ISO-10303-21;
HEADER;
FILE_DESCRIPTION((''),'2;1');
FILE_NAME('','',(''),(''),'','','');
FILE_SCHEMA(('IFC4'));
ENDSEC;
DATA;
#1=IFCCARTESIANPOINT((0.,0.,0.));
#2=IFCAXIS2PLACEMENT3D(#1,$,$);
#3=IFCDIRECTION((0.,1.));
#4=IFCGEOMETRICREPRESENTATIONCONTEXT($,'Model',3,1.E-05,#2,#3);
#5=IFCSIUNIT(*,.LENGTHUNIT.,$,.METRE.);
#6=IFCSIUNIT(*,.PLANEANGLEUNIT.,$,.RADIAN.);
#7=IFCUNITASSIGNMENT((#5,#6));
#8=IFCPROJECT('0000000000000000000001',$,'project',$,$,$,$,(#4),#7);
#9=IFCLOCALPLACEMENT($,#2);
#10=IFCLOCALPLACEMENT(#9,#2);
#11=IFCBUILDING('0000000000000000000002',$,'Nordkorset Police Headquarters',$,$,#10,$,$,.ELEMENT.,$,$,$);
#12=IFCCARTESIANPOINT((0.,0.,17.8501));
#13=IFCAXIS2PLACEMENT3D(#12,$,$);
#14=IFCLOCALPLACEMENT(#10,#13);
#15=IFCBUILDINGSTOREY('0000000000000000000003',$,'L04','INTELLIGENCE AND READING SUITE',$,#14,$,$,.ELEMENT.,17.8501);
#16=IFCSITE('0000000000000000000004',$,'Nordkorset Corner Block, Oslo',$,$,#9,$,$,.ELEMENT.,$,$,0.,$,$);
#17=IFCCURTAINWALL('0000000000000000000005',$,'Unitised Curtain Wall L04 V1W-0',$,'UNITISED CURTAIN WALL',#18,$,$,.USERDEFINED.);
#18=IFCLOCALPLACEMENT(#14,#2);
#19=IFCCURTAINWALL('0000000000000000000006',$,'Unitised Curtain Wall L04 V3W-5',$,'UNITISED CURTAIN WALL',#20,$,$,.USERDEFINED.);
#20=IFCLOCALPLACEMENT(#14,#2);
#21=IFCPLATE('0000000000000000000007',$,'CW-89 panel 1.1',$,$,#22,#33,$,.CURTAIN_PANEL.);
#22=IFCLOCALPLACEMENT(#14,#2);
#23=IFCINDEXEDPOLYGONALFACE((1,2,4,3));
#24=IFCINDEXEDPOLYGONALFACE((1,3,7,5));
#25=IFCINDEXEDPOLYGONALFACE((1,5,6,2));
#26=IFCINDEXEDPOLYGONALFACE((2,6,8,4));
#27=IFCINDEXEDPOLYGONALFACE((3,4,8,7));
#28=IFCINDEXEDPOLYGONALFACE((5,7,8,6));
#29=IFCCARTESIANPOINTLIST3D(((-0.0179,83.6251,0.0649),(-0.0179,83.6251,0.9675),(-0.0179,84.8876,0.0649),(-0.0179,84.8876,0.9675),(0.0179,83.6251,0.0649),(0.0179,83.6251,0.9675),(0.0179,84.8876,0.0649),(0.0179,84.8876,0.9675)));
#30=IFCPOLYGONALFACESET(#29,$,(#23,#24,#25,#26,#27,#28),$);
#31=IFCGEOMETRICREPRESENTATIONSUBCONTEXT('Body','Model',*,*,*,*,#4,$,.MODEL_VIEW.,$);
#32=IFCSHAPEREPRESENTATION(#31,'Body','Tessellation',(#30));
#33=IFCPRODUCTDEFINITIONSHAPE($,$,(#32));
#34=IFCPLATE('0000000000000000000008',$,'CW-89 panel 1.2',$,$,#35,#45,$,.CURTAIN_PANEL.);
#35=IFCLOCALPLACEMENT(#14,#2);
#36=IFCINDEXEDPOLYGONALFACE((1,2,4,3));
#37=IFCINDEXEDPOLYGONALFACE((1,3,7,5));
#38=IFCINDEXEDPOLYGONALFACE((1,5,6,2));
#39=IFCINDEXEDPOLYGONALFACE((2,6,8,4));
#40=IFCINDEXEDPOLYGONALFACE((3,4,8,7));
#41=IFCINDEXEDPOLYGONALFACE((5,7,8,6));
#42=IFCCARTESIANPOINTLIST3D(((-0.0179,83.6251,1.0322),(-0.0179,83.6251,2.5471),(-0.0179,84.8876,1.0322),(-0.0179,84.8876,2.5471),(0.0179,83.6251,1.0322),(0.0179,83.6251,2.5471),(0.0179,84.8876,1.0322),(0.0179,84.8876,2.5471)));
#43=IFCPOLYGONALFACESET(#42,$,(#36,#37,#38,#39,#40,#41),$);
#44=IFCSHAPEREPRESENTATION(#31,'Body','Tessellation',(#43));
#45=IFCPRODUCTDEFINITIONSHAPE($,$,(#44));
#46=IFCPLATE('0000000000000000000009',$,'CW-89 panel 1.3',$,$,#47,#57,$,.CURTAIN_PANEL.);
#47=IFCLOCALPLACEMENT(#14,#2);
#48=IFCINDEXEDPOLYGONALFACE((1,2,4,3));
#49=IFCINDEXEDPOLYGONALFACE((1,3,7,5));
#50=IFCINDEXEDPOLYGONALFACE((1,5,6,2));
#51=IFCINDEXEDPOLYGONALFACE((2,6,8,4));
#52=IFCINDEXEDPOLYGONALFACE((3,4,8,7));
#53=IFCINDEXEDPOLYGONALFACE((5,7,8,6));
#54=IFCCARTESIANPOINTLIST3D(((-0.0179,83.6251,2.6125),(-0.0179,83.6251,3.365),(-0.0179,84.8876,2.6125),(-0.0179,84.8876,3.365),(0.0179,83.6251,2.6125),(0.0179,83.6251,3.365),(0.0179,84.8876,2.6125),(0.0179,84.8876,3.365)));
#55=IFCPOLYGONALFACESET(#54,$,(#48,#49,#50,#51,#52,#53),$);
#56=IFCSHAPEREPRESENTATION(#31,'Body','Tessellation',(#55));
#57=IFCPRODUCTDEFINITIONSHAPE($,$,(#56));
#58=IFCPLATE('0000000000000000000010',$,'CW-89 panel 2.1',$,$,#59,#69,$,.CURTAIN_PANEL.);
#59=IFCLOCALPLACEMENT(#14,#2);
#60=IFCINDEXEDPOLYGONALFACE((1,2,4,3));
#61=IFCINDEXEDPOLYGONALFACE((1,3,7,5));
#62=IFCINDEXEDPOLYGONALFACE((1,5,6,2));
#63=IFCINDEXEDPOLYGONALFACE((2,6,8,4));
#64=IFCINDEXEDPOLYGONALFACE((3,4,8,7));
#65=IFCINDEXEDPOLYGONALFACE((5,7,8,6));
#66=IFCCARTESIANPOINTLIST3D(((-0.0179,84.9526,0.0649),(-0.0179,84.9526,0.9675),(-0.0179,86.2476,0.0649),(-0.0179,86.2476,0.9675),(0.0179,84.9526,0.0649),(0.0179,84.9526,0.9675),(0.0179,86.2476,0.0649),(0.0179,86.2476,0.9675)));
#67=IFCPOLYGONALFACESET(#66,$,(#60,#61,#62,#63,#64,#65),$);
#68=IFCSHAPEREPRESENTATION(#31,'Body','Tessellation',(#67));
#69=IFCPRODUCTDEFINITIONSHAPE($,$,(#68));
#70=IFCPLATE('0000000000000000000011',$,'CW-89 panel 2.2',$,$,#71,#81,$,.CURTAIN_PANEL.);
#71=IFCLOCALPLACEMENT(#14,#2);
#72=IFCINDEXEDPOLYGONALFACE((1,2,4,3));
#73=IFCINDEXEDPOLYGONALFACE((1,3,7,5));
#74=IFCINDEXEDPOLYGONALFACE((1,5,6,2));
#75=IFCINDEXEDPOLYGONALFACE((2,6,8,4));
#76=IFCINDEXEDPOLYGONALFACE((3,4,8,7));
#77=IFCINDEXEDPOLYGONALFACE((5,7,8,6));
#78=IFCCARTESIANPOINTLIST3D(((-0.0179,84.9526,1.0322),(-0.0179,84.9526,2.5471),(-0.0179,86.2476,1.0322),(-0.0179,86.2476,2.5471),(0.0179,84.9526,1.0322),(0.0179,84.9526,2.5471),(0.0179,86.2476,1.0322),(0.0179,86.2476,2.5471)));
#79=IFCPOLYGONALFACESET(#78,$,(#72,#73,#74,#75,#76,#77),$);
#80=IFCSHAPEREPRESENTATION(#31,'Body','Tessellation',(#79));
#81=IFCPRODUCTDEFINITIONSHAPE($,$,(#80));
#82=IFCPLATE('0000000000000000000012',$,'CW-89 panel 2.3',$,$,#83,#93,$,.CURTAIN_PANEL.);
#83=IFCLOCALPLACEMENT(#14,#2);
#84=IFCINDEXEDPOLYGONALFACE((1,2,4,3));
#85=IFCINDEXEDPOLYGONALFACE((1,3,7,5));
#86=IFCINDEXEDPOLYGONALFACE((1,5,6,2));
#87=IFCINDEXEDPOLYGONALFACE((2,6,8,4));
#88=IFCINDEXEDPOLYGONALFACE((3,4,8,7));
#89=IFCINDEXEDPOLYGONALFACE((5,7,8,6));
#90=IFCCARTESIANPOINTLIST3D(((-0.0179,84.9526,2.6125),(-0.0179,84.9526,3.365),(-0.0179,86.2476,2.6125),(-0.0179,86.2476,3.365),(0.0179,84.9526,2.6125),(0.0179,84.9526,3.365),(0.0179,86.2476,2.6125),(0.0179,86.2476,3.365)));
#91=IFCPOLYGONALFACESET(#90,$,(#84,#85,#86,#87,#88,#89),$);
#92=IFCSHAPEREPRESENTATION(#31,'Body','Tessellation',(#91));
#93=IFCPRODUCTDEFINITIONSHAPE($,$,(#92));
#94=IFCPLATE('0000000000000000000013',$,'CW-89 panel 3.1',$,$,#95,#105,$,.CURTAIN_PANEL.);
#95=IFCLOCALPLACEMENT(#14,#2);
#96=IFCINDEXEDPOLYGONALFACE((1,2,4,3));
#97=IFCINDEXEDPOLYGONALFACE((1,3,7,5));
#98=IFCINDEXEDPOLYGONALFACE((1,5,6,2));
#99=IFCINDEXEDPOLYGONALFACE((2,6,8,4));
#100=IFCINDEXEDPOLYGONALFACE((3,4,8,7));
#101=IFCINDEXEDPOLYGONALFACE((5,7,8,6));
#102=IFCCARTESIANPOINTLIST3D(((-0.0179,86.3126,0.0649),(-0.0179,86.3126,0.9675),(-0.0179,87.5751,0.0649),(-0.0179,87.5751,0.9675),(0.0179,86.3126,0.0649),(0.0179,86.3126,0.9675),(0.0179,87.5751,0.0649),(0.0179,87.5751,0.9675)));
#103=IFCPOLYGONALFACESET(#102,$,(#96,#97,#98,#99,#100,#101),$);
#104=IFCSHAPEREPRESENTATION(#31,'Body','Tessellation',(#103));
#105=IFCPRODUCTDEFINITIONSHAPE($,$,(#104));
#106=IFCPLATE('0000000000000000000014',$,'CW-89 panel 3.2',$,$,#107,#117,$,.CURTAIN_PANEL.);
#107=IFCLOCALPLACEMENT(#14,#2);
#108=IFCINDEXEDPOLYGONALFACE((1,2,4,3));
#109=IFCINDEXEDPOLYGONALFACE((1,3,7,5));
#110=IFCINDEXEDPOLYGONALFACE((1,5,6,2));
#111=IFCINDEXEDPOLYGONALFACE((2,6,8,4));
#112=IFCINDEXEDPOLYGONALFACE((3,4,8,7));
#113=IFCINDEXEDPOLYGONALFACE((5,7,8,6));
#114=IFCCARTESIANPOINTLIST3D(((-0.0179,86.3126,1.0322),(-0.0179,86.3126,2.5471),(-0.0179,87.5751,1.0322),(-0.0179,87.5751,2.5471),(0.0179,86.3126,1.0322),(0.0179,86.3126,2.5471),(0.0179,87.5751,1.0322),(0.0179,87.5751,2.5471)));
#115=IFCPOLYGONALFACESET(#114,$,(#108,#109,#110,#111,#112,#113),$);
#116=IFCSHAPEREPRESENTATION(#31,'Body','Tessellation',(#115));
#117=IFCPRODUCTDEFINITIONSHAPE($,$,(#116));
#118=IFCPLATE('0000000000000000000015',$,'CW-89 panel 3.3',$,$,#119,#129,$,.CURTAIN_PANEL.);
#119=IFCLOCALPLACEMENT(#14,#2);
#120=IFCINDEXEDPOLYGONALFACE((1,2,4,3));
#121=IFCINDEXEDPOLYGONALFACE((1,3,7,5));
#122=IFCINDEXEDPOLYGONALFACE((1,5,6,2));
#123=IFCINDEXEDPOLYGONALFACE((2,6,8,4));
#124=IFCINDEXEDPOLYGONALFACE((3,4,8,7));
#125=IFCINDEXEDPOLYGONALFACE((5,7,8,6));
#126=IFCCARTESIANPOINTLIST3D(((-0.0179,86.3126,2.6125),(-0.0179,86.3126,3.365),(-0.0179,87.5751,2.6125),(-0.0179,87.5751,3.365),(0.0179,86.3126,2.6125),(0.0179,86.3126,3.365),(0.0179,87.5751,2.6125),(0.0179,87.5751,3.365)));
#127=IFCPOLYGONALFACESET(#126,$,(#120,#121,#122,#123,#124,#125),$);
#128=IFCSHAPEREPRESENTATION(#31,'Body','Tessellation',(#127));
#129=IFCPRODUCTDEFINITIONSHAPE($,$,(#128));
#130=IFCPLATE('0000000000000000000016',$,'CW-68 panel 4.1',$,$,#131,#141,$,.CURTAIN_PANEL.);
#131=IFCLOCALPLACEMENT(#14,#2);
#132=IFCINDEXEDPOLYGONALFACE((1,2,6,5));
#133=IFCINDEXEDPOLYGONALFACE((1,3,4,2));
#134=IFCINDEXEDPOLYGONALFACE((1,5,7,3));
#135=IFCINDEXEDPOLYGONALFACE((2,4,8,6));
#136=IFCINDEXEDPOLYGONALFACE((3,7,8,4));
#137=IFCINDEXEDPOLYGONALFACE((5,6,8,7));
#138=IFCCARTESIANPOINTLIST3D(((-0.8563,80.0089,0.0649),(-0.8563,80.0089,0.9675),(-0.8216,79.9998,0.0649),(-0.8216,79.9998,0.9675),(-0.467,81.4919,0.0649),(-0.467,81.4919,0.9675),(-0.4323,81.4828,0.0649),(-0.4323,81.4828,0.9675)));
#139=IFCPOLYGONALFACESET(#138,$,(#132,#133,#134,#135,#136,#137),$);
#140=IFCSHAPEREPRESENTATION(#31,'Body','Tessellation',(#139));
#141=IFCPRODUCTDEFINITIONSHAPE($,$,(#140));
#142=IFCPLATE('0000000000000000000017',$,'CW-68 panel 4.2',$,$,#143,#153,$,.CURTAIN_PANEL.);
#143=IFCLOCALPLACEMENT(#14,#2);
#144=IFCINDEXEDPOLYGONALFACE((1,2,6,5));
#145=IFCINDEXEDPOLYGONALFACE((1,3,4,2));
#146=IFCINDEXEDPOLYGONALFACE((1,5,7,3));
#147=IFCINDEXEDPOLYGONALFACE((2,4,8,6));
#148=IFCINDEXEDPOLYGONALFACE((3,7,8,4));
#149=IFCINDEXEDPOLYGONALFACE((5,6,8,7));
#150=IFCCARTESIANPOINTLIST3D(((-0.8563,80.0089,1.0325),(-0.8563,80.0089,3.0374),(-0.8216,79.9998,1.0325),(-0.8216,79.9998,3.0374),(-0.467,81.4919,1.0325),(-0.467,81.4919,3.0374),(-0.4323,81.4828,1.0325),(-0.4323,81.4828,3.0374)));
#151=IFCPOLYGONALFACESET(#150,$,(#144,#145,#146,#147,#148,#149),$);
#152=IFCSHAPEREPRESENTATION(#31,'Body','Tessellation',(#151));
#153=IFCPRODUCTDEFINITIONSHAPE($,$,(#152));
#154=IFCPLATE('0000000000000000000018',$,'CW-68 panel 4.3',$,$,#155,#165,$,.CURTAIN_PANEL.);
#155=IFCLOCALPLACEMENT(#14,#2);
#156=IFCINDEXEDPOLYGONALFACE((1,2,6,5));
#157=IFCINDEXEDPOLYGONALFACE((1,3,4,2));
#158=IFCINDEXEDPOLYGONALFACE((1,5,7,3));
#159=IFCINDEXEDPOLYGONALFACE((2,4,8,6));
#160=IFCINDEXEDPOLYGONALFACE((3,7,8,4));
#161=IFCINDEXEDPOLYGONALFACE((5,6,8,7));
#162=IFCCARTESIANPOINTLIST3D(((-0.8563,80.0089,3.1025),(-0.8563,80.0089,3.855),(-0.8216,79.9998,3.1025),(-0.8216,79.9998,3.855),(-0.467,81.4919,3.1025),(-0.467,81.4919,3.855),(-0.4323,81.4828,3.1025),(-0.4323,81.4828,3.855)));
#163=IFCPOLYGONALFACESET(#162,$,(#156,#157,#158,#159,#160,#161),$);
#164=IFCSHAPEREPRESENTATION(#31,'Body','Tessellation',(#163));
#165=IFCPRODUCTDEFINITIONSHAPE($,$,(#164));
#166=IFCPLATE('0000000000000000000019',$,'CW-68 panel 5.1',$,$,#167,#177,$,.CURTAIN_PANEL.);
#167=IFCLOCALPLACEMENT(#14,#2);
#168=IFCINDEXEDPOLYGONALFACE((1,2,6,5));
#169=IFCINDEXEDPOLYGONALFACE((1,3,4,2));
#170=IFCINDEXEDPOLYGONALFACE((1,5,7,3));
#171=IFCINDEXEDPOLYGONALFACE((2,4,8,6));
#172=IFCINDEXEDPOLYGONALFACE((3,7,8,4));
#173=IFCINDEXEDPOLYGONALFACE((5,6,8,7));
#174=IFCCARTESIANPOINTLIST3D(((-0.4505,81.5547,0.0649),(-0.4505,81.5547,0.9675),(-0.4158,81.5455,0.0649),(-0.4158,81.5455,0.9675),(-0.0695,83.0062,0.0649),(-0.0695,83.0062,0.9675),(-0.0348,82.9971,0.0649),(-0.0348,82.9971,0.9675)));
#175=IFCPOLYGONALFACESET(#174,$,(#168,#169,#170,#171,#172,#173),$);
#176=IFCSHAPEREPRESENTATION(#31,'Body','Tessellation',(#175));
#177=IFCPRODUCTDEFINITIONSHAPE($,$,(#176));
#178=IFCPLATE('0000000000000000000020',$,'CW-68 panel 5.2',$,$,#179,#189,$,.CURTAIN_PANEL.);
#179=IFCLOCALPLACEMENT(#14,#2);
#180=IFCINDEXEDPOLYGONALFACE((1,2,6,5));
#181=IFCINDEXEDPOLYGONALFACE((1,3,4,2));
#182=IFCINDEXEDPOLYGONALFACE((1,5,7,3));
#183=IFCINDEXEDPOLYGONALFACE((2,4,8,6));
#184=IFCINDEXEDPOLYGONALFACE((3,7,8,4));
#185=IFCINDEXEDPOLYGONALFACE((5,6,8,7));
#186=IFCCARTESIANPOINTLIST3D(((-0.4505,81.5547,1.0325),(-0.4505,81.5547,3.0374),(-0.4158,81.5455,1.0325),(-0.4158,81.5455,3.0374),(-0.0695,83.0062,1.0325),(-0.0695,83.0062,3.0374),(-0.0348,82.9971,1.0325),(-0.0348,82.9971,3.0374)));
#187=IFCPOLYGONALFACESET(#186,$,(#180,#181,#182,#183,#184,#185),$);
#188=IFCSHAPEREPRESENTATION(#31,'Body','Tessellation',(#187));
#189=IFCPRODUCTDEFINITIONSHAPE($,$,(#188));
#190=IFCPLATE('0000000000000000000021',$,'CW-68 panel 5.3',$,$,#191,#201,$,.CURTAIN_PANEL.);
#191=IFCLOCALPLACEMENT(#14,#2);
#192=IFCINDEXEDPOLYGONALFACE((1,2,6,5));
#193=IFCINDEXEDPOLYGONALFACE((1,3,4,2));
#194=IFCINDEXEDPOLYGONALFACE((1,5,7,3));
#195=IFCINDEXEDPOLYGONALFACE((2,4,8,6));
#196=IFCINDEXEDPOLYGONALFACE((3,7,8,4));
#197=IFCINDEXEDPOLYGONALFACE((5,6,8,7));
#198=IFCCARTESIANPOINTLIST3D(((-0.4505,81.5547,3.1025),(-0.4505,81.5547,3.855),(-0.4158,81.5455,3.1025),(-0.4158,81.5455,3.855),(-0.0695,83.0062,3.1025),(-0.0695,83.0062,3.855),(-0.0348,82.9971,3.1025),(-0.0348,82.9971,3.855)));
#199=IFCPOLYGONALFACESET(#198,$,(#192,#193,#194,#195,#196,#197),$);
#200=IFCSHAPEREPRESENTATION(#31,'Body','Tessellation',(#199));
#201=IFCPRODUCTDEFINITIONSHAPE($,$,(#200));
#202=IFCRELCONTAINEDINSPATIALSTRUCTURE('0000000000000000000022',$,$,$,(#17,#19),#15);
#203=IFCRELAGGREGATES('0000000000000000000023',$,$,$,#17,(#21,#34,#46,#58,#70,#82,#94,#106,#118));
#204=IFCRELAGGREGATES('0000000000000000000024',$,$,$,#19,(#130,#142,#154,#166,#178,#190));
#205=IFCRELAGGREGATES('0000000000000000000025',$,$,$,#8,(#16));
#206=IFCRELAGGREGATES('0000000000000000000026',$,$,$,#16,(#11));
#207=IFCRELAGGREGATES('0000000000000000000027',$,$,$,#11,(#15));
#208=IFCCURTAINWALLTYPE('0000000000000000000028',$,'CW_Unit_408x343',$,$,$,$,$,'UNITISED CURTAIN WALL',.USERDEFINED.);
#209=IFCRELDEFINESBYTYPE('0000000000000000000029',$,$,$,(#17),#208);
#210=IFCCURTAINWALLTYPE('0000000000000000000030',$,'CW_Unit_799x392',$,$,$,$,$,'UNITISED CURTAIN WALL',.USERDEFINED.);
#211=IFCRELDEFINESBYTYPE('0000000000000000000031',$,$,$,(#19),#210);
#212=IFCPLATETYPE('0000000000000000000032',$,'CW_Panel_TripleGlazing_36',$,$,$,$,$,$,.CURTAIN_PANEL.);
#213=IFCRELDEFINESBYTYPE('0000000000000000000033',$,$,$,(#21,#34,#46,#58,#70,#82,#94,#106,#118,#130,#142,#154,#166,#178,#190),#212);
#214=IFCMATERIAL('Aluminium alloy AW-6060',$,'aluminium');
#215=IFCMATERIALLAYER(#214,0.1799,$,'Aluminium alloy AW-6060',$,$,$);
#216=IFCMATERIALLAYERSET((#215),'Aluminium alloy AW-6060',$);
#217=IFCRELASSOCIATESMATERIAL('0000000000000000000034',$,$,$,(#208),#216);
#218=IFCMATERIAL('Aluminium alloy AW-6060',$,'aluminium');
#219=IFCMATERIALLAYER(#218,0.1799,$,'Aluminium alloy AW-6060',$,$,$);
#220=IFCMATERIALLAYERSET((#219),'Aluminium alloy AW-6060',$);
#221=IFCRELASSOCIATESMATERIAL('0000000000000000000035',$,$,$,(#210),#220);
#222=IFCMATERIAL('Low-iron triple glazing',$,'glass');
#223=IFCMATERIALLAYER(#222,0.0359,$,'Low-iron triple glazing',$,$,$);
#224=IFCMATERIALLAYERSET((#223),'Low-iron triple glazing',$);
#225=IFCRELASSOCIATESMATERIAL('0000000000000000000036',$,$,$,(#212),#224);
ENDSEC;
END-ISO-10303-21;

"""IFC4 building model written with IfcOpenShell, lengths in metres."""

from ifc_helpers import new_model, si_unit, direction, frame, origin, origin_2d, place, context, subcontext, project, spatial, rectangle, extrude, material, layer, layer_set, type_object, element, aggregate, save


model = new_model("IFC4")

# Units and contexts
model_context = context("Model", 3, precision=1e-05, world=origin(), true_north=direction((0.0, 1.0)))
body_context = subcontext(model_context, "Body", "Model", "MODEL_VIEW")
ifc_project = project(units=[si_unit("LENGTHUNIT", "METRE"), si_unit("PLANEANGLEUNIT", "RADIAN")], contexts=[model_context])

# Site, building, storey
site_placement = place(None, origin())
site = spatial("IfcSite", under=ifc_project, at=site_placement, Name="Nordkorset Corner Block, Oslo", CompositionType="ELEMENT", RefElevation=0.0)
building_placement = place(site_placement, origin())
building = spatial("IfcBuilding", under=site, at=building_placement, Name="Nordkorset Police Headquarters", CompositionType="ELEMENT")
storey_placement = place(building_placement, frame((0.0, 0.0, 17.8501)))
storey = spatial("IfcBuildingStorey", under=building, at=storey_placement, Name="L04", Description="INTELLIGENCE AND READING SUITE", CompositionType="ELEMENT", Elevation=17.8501)

# Curtain walls
ifc_material_1 = material(Name="Aluminium alloy AW-6060", Category="aluminium")
ifc_layer_1 = layer(ifc_material_1, 0.1799, Name="Aluminium alloy AW-6060")
ifc_layer_set_1 = layer_set([ifc_layer_1], Name="Aluminium alloy AW-6060")
curtain_wall_type_1 = type_object("IfcCurtainWallType", Name="CW_Unit_408x343", ElementType="UNITISED CURTAIN WALL", PredefinedType="USERDEFINED", material=ifc_layer_set_1)
curtain_wall_1_placement = place(storey_placement, origin())
curtain_wall_1 = element("IfcCurtainWall", 1, at=curtain_wall_1_placement, inside=storey, type_object=curtain_wall_type_1, Name="Unitised Curtain Wall L04 V1W-0", ObjectType="UNITISED CURTAIN WALL", PredefinedType="USERDEFINED")
ifc_material_2 = material(Name="Aluminium alloy AW-6060", Category="aluminium")
ifc_layer_2 = layer(ifc_material_2, 0.1799, Name="Aluminium alloy AW-6060")
ifc_layer_set_2 = layer_set([ifc_layer_2], Name="Aluminium alloy AW-6060")
curtain_wall_type_2 = type_object("IfcCurtainWallType", Name="CW_Unit_799x392", ElementType="UNITISED CURTAIN WALL", PredefinedType="USERDEFINED", material=ifc_layer_set_2)
curtain_wall_2_placement = place(storey_placement, origin())
curtain_wall_2 = element("IfcCurtainWall", 2, at=curtain_wall_2_placement, inside=storey, type_object=curtain_wall_type_2, Name="Unitised Curtain Wall L04 V3W-5", ObjectType="UNITISED CURTAIN WALL", PredefinedType="USERDEFINED")

# Plates
ifc_material_3 = material(Name="Low-iron triple glazing", Category="glass")
ifc_layer_3 = layer(ifc_material_3, 0.0359, Name="Low-iron triple glazing")
ifc_layer_set_3 = layer_set([ifc_layer_3], Name="Low-iron triple glazing")
plate_type = type_object("IfcPlateType", Name="CW_Panel_TripleGlazing_36", PredefinedType="CURTAIN_PANEL", material=ifc_layer_set_3)
plate_1_placement = place(storey_placement, frame((0.0, 84.2563, 0.0649), z_axis=(0.0, 0.0, 1.0), x_axis=(0.0, 1.0, 0.0)))
plate_1 = element("IfcPlate", 3, at=plate_1_placement, type_object=plate_type, Name="CW-89 panel 1.1", PredefinedType="CURTAIN_PANEL", context=body_context, shape_type="SweptSolid", body=[
    extrude(rectangle(XDim=1.2625, YDim=0.0359, at=origin_2d()), origin(), (0.0, 0.0, 1.0), 0.9026),
])
plate_2_placement = place(storey_placement, frame((0.0, 84.2563, 1.0322), z_axis=(0.0, 0.0, 1.0), x_axis=(0.0, 1.0, 0.0)))
plate_2 = element("IfcPlate", 4, at=plate_2_placement, type_object=plate_type, Name="CW-89 panel 1.2", PredefinedType="CURTAIN_PANEL", context=body_context, shape_type="SweptSolid", body=[
    extrude(rectangle(XDim=1.2625, YDim=0.0359, at=origin_2d()), origin(), (0.0, 0.0, 1.0), 1.5149),
])
plate_3_placement = place(storey_placement, frame((0.0, 84.2563, 2.6125), z_axis=(0.0, 0.0, 1.0), x_axis=(0.0, 1.0, 0.0)))
plate_3 = element("IfcPlate", 5, at=plate_3_placement, type_object=plate_type, Name="CW-89 panel 1.3", PredefinedType="CURTAIN_PANEL", context=body_context, shape_type="SweptSolid", body=[
    extrude(rectangle(XDim=1.2625, YDim=0.0359, at=origin_2d()), origin(), (0.0, 0.0, 1.0), 0.7524),
])
plate_4_placement = place(storey_placement, frame((0.0, 85.6001, 0.0649), z_axis=(0.0, 0.0, 1.0), x_axis=(0.0, 1.0, 0.0)))
plate_4 = element("IfcPlate", 6, at=plate_4_placement, type_object=plate_type, Name="CW-89 panel 2.1", PredefinedType="CURTAIN_PANEL", context=body_context, shape_type="SweptSolid", body=[
    extrude(rectangle(XDim=1.2949, YDim=0.0359, at=origin_2d()), origin(), (0.0, 0.0, 1.0), 0.9026),
])
plate_5_placement = place(storey_placement, frame((0.0, 85.6001, 1.0322), z_axis=(0.0, 0.0, 1.0), x_axis=(0.0, 1.0, 0.0)))
plate_5 = element("IfcPlate", 7, at=plate_5_placement, type_object=plate_type, Name="CW-89 panel 2.2", PredefinedType="CURTAIN_PANEL", context=body_context, shape_type="SweptSolid", body=[
    extrude(rectangle(XDim=1.2949, YDim=0.0359, at=origin_2d()), origin(), (0.0, 0.0, 1.0), 1.5149),
])
plate_6_placement = place(storey_placement, frame((0.0, 85.6001, 2.6125), z_axis=(0.0, 0.0, 1.0), x_axis=(0.0, 1.0, 0.0)))
plate_6 = element("IfcPlate", 8, at=plate_6_placement, type_object=plate_type, Name="CW-89 panel 2.3", PredefinedType="CURTAIN_PANEL", context=body_context, shape_type="SweptSolid", body=[
    extrude(rectangle(XDim=1.2949, YDim=0.0359, at=origin_2d()), origin(), (0.0, 0.0, 1.0), 0.7524),
])
plate_7_placement = place(storey_placement, frame((0.0, 86.9438, 0.0649), z_axis=(0.0, 0.0, 1.0), x_axis=(0.0, 1.0, 0.0)))
plate_7 = element("IfcPlate", 9, at=plate_7_placement, type_object=plate_type, Name="CW-89 panel 3.1", PredefinedType="CURTAIN_PANEL", context=body_context, shape_type="SweptSolid", body=[
    extrude(rectangle(XDim=1.2625, YDim=0.0359, at=origin_2d()), origin(), (0.0, 0.0, 1.0), 0.9026),
])
plate_8_placement = place(storey_placement, frame((0.0, 86.9438, 1.0322), z_axis=(0.0, 0.0, 1.0), x_axis=(0.0, 1.0, 0.0)))
plate_8 = element("IfcPlate", 10, at=plate_8_placement, type_object=plate_type, Name="CW-89 panel 3.2", PredefinedType="CURTAIN_PANEL", context=body_context, shape_type="SweptSolid", body=[
    extrude(rectangle(XDim=1.2625, YDim=0.0359, at=origin_2d()), origin(), (0.0, 0.0, 1.0), 1.5149),
])
plate_9_placement = place(storey_placement, frame((0.0, 86.9438, 2.6125), z_axis=(0.0, 0.0, 1.0), x_axis=(0.0, 1.0, 0.0)))
plate_9 = element("IfcPlate", 11, at=plate_9_placement, type_object=plate_type, Name="CW-89 panel 3.3", PredefinedType="CURTAIN_PANEL", context=body_context, shape_type="SweptSolid", body=[
    extrude(rectangle(XDim=1.2625, YDim=0.0359, at=origin_2d()), origin(), (0.0, 0.0, 1.0), 0.7524),
])
aggregate(curtain_wall_1, [plate_1, plate_2, plate_3, plate_4, plate_5, plate_6, plate_7, plate_8, plate_9])
plate_10_placement = place(storey_placement, frame((-0.6443, 80.7458, 0.0649), z_axis=(0.0, 0.0, 1.0), x_axis=(0.253897, 0.967231, 0.0)))
plate_10 = element("IfcPlate", 12, at=plate_10_placement, type_object=plate_type, Name="CW-68 panel 4.1", PredefinedType="CURTAIN_PANEL", context=body_context, shape_type="SweptSolid", body=[
    extrude(rectangle(XDim=1.5332, YDim=0.0359, at=origin_2d()), origin(), (0.0, 0.0, 1.0), 0.9026),
])
plate_11_placement = place(storey_placement, frame((-0.6443, 80.7458, 1.0325), z_axis=(0.0, 0.0, 1.0), x_axis=(0.253897, 0.967231, 0.0)))
plate_11 = element("IfcPlate", 13, at=plate_11_placement, type_object=plate_type, Name="CW-68 panel 4.2", PredefinedType="CURTAIN_PANEL", context=body_context, shape_type="SweptSolid", body=[
    extrude(rectangle(XDim=1.5332, YDim=0.0359, at=origin_2d()), origin(), (0.0, 0.0, 1.0), 2.0049),
])
plate_12_placement = place(storey_placement, frame((-0.6443, 80.7458, 3.1025), z_axis=(0.0, 0.0, 1.0), x_axis=(0.253897, 0.967231, 0.0)))
plate_12 = element("IfcPlate", 14, at=plate_12_placement, type_object=plate_type, Name="CW-68 panel 4.3", PredefinedType="CURTAIN_PANEL", context=body_context, shape_type="SweptSolid", body=[
    extrude(rectangle(XDim=1.5332, YDim=0.0359, at=origin_2d()), origin(), (0.0, 0.0, 1.0), 0.7524),
])
plate_13_placement = place(storey_placement, frame((-0.2427, 82.2759, 0.0649), z_axis=(0.0, 0.0, 1.0), x_axis=(0.253897, 0.967231, 0.0)))
plate_13 = element("IfcPlate", 15, at=plate_13_placement, type_object=plate_type, Name="CW-68 panel 5.1", PredefinedType="CURTAIN_PANEL", context=body_context, shape_type="SweptSolid", body=[
    extrude(rectangle(XDim=1.5007, YDim=0.0359, at=origin_2d()), origin(), (0.0, 0.0, 1.0), 0.9026),
])
plate_14_placement = place(storey_placement, frame((-0.2427, 82.2759, 1.0325), z_axis=(0.0, 0.0, 1.0), x_axis=(0.253897, 0.967231, 0.0)))
plate_14 = element("IfcPlate", 16, at=plate_14_placement, type_object=plate_type, Name="CW-68 panel 5.2", PredefinedType="CURTAIN_PANEL", context=body_context, shape_type="SweptSolid", body=[
    extrude(rectangle(XDim=1.5007, YDim=0.0359, at=origin_2d()), origin(), (0.0, 0.0, 1.0), 2.0049),
])
plate_15_placement = place(storey_placement, frame((-0.2427, 82.2759, 3.1025), z_axis=(0.0, 0.0, 1.0), x_axis=(0.253897, 0.967231, 0.0)))
plate_15 = element("IfcPlate", 17, at=plate_15_placement, type_object=plate_type, Name="CW-68 panel 5.3", PredefinedType="CURTAIN_PANEL", context=body_context, shape_type="SweptSolid", body=[
    extrude(rectangle(XDim=1.5007, YDim=0.0359, at=origin_2d()), origin(), (0.0, 0.0, 1.0), 0.7524),
])
aggregate(curtain_wall_2, [plate_10, plate_11, plate_12, plate_13, plate_14, plate_15])

save(model, "model.ifc")
